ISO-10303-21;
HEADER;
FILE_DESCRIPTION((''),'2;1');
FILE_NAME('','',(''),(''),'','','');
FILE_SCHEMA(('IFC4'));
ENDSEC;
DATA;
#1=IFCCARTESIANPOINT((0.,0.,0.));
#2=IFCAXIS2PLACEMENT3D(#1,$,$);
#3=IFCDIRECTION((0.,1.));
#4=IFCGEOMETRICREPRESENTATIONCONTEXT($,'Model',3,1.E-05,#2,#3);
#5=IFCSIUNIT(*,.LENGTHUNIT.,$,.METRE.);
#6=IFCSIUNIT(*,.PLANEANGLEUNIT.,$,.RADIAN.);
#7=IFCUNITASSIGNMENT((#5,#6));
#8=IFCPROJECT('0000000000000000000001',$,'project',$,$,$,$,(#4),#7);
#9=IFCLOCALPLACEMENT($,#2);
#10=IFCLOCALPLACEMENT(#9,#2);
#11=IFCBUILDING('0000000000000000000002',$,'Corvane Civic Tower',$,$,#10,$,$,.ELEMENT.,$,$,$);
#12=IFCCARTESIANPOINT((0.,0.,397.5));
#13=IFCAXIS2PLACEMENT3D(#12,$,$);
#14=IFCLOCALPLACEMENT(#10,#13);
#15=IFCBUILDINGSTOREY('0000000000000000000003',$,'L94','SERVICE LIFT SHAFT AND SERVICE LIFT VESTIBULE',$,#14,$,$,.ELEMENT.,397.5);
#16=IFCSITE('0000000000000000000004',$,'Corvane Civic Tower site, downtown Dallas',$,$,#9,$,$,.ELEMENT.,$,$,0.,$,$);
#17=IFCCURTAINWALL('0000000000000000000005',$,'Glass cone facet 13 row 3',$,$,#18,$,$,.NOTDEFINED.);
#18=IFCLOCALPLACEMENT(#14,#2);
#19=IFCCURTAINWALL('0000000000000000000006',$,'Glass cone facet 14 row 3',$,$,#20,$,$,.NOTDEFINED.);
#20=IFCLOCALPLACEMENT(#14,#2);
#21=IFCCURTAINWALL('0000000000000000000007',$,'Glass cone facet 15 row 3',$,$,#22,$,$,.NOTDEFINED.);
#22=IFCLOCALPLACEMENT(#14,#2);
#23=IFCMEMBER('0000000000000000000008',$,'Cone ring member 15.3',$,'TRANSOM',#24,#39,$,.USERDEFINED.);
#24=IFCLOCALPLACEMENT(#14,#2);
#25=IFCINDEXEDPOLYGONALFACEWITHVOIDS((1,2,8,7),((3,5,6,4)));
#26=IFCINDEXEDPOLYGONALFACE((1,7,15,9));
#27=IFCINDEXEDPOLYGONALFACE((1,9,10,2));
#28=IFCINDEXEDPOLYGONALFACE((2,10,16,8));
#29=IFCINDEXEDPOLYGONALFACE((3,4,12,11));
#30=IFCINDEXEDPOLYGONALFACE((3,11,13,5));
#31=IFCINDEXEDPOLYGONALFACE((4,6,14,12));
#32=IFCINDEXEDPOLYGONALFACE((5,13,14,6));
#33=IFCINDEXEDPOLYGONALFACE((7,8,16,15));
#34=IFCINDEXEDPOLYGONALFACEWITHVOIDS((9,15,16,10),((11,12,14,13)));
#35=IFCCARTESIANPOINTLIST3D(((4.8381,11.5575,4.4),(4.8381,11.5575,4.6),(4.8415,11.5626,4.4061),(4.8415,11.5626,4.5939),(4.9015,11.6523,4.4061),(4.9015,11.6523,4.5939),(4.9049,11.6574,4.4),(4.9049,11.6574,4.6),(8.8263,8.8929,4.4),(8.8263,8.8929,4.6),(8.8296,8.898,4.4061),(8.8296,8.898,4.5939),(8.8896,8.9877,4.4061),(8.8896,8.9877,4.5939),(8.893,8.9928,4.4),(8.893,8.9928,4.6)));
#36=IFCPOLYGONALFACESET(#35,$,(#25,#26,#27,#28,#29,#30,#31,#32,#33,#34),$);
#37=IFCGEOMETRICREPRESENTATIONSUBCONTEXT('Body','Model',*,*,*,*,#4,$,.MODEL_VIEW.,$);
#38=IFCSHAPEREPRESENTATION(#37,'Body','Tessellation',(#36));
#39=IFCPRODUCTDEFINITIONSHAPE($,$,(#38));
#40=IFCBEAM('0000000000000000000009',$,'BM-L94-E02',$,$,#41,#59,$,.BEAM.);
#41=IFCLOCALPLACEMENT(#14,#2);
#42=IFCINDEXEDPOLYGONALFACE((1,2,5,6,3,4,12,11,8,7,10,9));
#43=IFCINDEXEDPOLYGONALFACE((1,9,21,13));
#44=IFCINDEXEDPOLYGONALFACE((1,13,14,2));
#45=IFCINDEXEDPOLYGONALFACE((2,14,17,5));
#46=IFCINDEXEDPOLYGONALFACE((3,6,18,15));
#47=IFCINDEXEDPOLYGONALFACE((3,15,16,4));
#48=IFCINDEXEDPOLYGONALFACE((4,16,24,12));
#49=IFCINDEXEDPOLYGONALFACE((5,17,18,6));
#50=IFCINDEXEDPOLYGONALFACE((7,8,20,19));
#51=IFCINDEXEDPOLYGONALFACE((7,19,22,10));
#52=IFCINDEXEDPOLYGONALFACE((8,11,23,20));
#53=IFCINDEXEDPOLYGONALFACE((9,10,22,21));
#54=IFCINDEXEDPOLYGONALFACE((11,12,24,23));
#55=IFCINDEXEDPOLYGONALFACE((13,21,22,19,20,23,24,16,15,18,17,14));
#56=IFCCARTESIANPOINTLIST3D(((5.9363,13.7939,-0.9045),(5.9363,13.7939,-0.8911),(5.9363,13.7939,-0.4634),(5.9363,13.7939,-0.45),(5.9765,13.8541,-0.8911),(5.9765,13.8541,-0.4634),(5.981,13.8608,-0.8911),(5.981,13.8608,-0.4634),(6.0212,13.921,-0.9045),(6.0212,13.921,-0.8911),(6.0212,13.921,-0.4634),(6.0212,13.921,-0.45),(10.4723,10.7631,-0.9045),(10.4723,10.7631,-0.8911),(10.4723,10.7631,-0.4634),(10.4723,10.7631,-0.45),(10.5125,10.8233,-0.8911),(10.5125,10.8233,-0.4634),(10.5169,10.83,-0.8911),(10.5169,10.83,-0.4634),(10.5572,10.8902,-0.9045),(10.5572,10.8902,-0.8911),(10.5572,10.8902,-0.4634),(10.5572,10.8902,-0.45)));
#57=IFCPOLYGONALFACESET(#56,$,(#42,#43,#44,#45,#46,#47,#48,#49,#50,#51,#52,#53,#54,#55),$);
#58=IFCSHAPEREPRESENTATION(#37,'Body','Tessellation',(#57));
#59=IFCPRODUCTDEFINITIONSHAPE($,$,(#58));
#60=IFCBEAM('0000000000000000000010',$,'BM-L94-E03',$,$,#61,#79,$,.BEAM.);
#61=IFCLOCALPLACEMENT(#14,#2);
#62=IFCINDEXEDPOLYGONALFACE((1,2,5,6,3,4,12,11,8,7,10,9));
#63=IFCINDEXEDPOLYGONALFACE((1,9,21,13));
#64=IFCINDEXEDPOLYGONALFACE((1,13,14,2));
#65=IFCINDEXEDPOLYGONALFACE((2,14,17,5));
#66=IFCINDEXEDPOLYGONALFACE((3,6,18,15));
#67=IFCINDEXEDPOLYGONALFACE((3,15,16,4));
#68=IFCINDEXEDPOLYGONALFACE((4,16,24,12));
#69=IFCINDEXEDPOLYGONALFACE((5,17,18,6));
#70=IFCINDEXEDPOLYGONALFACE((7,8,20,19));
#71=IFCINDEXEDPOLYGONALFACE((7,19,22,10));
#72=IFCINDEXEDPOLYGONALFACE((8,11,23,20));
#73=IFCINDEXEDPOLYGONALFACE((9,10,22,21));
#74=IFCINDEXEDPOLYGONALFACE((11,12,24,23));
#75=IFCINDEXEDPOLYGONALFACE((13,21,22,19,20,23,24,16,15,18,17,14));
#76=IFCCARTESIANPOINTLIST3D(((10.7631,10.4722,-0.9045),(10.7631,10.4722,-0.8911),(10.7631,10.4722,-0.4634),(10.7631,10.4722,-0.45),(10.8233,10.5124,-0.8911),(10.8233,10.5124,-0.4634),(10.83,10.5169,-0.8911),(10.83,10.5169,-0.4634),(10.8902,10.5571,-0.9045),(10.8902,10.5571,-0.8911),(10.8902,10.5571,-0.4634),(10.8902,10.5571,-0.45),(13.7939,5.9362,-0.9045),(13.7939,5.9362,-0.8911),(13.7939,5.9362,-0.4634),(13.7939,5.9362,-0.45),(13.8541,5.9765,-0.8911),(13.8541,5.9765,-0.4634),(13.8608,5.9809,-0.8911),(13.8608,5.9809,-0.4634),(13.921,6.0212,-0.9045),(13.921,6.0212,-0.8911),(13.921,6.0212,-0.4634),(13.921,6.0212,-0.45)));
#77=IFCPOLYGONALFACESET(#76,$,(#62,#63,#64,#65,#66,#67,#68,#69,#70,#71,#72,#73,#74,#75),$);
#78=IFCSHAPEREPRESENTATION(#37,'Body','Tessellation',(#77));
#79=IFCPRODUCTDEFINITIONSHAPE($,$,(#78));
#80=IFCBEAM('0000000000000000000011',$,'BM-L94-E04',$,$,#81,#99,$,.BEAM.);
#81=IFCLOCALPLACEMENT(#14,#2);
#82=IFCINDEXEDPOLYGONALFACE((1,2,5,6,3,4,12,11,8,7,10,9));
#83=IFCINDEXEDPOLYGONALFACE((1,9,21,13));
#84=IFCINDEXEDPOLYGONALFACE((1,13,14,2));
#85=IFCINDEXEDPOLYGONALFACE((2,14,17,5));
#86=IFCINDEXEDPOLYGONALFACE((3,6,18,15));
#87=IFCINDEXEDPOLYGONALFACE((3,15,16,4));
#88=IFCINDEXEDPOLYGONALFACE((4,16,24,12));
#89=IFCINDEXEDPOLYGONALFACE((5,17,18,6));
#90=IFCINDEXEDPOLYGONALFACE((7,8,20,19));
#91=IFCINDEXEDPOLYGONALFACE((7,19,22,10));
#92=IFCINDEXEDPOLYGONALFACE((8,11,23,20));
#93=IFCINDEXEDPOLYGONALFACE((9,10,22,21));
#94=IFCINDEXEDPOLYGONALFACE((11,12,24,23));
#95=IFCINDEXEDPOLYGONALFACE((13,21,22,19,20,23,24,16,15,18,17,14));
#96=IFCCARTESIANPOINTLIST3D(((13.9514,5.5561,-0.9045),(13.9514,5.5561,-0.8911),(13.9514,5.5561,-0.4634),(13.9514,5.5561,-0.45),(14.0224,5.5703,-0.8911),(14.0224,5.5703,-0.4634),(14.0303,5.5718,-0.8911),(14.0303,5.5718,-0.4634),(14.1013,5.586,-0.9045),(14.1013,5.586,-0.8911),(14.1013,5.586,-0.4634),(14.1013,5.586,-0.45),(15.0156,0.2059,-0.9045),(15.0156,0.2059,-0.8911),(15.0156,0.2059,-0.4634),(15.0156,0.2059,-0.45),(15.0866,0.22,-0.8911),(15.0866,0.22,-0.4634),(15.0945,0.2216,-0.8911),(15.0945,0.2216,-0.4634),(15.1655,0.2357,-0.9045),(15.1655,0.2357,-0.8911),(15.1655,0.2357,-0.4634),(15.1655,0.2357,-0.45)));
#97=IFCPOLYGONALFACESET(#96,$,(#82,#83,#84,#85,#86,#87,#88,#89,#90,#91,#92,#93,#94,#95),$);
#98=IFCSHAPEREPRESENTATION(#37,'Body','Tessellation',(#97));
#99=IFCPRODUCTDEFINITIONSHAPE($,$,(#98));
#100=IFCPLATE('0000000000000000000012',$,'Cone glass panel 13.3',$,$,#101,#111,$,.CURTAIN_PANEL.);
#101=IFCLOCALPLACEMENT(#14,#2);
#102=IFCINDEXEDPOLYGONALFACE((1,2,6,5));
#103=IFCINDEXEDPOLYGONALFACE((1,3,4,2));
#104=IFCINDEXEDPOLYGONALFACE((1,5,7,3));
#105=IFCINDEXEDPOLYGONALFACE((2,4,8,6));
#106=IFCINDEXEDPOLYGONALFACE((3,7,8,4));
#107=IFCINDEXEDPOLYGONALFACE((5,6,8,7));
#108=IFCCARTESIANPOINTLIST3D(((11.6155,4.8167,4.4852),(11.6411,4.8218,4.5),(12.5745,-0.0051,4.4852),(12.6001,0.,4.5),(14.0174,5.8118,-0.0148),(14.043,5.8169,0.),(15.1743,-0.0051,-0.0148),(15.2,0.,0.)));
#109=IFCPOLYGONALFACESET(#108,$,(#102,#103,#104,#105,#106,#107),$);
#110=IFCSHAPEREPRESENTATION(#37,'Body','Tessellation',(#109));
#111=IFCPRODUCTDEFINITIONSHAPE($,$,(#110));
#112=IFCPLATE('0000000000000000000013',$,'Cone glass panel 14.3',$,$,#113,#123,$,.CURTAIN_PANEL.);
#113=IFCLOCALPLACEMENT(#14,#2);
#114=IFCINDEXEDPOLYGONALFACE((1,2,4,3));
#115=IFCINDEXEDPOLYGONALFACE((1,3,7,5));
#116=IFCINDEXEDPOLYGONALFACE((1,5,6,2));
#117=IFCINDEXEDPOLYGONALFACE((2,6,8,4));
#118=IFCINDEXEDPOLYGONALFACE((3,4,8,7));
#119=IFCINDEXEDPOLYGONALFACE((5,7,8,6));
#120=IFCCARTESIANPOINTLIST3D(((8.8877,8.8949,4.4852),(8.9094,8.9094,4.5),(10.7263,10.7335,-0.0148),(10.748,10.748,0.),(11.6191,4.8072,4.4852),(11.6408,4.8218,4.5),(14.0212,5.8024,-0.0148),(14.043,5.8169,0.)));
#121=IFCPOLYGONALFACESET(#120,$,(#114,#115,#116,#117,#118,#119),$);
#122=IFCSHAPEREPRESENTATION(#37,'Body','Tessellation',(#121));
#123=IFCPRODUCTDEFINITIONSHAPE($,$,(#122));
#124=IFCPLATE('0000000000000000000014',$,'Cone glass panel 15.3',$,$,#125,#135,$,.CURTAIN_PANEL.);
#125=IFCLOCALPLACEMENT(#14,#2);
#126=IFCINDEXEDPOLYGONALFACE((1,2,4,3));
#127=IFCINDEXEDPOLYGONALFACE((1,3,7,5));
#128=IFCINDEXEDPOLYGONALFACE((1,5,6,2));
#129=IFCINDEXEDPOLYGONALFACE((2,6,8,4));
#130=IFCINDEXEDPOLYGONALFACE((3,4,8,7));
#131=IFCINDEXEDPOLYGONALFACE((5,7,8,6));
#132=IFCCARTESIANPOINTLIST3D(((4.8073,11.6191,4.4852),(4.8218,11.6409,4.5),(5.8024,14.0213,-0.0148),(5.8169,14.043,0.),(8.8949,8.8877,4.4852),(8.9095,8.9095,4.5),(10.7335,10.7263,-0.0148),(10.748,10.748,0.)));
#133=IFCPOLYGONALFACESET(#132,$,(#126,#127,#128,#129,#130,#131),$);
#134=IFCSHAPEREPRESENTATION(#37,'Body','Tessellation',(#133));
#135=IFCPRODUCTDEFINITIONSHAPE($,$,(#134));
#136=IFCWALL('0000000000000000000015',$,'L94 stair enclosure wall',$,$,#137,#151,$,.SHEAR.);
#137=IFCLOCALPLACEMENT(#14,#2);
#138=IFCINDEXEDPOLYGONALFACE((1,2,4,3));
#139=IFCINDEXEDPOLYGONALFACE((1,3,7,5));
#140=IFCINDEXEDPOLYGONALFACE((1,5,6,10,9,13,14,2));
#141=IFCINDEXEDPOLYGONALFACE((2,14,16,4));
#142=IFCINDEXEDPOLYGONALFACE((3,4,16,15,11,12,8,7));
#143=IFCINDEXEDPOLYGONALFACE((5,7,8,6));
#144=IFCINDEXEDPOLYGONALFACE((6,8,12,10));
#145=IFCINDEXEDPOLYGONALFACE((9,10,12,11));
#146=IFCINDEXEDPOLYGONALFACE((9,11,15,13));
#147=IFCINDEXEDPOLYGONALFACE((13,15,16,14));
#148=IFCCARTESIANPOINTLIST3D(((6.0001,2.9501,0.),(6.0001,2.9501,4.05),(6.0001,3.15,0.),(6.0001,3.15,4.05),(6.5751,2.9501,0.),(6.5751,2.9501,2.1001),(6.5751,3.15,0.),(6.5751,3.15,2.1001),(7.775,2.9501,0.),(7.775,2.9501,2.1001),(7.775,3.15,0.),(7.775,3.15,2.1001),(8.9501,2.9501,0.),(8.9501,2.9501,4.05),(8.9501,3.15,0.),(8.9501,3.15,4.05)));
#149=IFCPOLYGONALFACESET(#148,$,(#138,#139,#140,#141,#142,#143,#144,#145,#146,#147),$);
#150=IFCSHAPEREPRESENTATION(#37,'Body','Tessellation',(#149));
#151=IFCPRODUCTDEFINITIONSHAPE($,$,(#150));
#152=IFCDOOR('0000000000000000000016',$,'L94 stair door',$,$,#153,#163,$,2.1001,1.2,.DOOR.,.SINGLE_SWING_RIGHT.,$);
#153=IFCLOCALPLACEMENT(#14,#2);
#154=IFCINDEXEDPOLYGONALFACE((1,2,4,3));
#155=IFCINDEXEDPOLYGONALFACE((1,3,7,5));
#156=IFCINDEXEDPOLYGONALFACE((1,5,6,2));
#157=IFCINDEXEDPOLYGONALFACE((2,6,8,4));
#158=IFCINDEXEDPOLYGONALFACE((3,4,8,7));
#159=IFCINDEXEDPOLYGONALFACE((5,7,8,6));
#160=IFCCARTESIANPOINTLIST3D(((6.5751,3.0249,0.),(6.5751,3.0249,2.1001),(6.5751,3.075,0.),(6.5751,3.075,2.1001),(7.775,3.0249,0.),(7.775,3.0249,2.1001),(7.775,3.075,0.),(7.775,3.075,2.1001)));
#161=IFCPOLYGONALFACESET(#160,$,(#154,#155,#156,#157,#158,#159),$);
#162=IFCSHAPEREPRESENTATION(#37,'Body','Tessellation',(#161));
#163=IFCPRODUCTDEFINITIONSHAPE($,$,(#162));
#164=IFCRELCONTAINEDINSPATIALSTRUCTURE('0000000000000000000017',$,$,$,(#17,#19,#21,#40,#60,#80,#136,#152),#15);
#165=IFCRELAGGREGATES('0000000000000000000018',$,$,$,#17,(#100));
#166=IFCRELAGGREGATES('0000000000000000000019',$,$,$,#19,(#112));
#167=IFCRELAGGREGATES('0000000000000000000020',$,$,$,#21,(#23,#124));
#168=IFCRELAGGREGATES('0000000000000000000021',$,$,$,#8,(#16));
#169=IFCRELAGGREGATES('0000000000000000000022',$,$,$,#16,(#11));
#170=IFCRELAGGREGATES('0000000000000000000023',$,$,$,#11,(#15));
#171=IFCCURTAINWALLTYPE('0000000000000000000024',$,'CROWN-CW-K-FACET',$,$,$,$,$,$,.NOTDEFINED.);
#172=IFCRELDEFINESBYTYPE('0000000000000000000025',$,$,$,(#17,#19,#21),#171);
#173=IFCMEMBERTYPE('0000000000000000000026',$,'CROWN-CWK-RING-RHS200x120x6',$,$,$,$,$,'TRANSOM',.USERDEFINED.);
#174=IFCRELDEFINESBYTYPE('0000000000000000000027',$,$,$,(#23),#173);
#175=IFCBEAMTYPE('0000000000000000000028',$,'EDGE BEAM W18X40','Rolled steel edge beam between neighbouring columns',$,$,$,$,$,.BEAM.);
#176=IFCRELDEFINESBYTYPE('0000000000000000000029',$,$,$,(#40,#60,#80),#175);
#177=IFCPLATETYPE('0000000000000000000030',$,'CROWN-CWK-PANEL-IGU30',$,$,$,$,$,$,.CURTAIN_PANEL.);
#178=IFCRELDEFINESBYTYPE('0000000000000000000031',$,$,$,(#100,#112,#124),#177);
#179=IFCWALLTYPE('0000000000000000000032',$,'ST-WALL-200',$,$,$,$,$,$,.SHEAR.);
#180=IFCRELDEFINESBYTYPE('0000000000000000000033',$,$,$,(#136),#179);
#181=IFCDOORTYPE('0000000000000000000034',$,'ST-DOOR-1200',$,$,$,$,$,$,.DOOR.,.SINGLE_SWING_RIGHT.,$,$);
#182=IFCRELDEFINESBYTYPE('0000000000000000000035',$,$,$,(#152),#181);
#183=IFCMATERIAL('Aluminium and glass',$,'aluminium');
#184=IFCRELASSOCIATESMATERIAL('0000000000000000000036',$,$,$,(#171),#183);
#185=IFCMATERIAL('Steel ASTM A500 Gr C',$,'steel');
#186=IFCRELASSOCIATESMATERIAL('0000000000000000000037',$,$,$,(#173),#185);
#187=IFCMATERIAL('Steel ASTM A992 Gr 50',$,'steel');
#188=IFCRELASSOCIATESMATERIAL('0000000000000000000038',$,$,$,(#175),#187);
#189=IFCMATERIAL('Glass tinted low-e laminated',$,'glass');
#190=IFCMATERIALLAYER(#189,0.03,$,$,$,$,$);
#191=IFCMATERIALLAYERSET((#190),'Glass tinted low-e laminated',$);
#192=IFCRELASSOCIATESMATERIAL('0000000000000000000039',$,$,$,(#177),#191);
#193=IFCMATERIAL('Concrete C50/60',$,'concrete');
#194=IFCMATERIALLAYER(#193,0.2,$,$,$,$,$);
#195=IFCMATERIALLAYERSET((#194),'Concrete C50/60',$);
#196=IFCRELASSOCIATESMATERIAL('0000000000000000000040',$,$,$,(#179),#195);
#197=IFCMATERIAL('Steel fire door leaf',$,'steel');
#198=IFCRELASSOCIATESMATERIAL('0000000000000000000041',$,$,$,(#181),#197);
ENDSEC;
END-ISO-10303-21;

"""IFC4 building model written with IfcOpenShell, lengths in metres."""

from ifc_helpers import new_model, si_unit, direction, frame, frame_2d, origin, origin_2d, place, context, subcontext, project, spatial, polyline, rectangle, hollow_rectangle, i_section, outline, extrude, material, layer, layer_set, material_profile, profile_set, type_object, element, fill, aggregate, save


model = new_model("IFC4")

# Units and contexts
model_context = context("Model", 3, precision=1e-05, world=origin(), true_north=direction((0.0, 1.0)))
body_context = subcontext(model_context, "Body", "Model", "MODEL_VIEW")
ifc_project = project(units=[si_unit("LENGTHUNIT", "METRE"), si_unit("PLANEANGLEUNIT", "RADIAN")], contexts=[model_context])

# Site, building, storey
site_placement = place(None, origin())
site = spatial("IfcSite", under=ifc_project, at=site_placement, Name="Corvane Civic Tower site, downtown Dallas", CompositionType="ELEMENT", RefElevation=0.0)
building_placement = place(site_placement, origin())
building = spatial("IfcBuilding", under=site, at=building_placement, Name="Corvane Civic Tower", CompositionType="ELEMENT")
storey_placement = place(building_placement, frame((0.0, 0.0, 397.5)))
storey = spatial("IfcBuildingStorey", under=building, at=storey_placement, Name="L94", Description="SERVICE LIFT SHAFT AND SERVICE LIFT VESTIBULE", CompositionType="ELEMENT", Elevation=397.5)

# Curtain walls
ifc_material_1 = material(Name="Aluminium and glass", Category="aluminium")
curtain_wall_type = type_object("IfcCurtainWallType", Name="CROWN-CW-K-FACET", PredefinedType="NOTDEFINED", material=ifc_material_1)
curtain_wall_1_placement = place(storey_placement, origin())
curtain_wall_1 = element("IfcCurtainWall", 1, at=curtain_wall_1_placement, inside=storey, type_object=curtain_wall_type, Name="Glass cone facet 13 row 3", PredefinedType="NOTDEFINED")
curtain_wall_2_placement = place(storey_placement, origin())
curtain_wall_2 = element("IfcCurtainWall", 2, at=curtain_wall_2_placement, inside=storey, type_object=curtain_wall_type, Name="Glass cone facet 14 row 3", PredefinedType="NOTDEFINED")
curtain_wall_3_placement = place(storey_placement, origin())
curtain_wall_3 = element("IfcCurtainWall", 3, at=curtain_wall_3_placement, inside=storey, type_object=curtain_wall_type, Name="Glass cone facet 15 row 3", PredefinedType="NOTDEFINED")

# Member
ifc_material_2 = material(Name="Steel ASTM A500 Gr C", Category="steel")
ifc_material_profile_1 = material_profile(ifc_material_2, hollow_rectangle(XDim=0.1201, YDim=0.2, WallThickness=0.0061, at=origin_2d()), Name="RHS 200x120x6")
ifc_profile_set_1 = profile_set([ifc_material_profile_1], Name="Steel ASTM A500 Gr C")
member_type_1 = type_object("IfcMemberType", Name="CROWN-CWK-RING-RHS200x120x6", ElementType="TRANSOM", PredefinedType="USERDEFINED", material=ifc_profile_set_1)
member_1_placement = place(storey_placement, frame((8.8596, 8.9429, 4.5), z_axis=(-0.831486, 0.555546, 0.0), x_axis=(-0.555546, -0.831486, 0.0)))
member_1 = element("IfcMember", 4, at=member_1_placement, type_object=member_type_1, Name="Cone ring member 15.3", ObjectType="TRANSOM", PredefinedType="USERDEFINED", context=body_context, shape_type="SweptSolid", body=[
    extrude(hollow_rectangle(XDim=0.1201, YDim=0.2, WallThickness=0.0061, at=origin_2d()), origin(), (0.0, 0.0, 1.0), 4.7964),
])

# Beams
ifc_material_3 = material(Name="Steel ASTM A992 Gr 50", Category="steel")
ifc_material_profile_2 = material_profile(ifc_material_3, i_section(OverallWidth=0.1528, OverallDepth=0.4546, WebThickness=0.0081, FlangeThickness=0.0134, at=origin_2d()), Name="W18X40")
ifc_profile_set_2 = profile_set([ifc_material_profile_2], Name="Steel ASTM A992 Gr 50")
beam_type = type_object("IfcBeamType", Name="EDGE BEAM W18X40", Description="Rolled steel edge beam between neighbouring columns", PredefinedType="BEAM", material=ifc_profile_set_2)
for number, where, z_axis, x_axis, name in (
    (5, (5.9788, 13.8574, -0.6772), (0.831471, -0.555567, 0.0), (0.555567, 0.831471, 0.0), "BM-L94-E02"),
    (6, (10.8267, 10.5146, -0.6772), (0.555567, -0.831471, 0.0), (0.831471, 0.555567, 0.0), "BM-L94-E03"),
):
    element("IfcBeam", number, at=place(storey_placement, frame(where, z_axis=z_axis, x_axis=x_axis)), inside=storey, type_object=beam_type, Name=name, PredefinedType="BEAM", context=body_context, shape_type="SweptSolid", body=[
        extrude(i_section(OverallWidth=0.1528, OverallDepth=0.4546, WebThickness=0.0081, FlangeThickness=0.0134, at=origin_2d()), origin(), (0.0, 0.0, 1.0), 5.4553),
    ])
beam_placement = place(storey_placement, frame((14.0264, 5.571, -0.6772), z_axis=(0.195083, -0.980787, 0.0), x_axis=(0.980787, 0.195083, 0.0)))
element("IfcBeam", 7, at=beam_placement, inside=storey, type_object=beam_type, Name="BM-L94-E04", PredefinedType="BEAM", context=body_context, shape_type="SweptSolid", body=[
    extrude(i_section(OverallWidth=0.1528, OverallDepth=0.4546, WebThickness=0.0081, FlangeThickness=0.0134, at=origin_2d()), origin(), (0.0, 0.0, 1.0), 5.4551),
])

# Plates
ifc_material_4 = material(Name="Glass tinted low-e laminated", Category="glass")
ifc_layer_1 = layer(ifc_material_4, 0.03)
ifc_layer_set_1 = layer_set([ifc_layer_1], Name="Glass tinted low-e laminated")
plate_type = type_object("IfcPlateType", Name="CROWN-CWK-PANEL-IGU30", PredefinedType="CURTAIN_PANEL", material=ifc_layer_set_1)
plate_1_placement = place(storey_placement, frame((15.2, 0.0, 0.0), z_axis=(0.853319, 0.16972, 0.492994), x_axis=(-0.195074, 0.980788, 0.000003)))
plate_1 = element("IfcPlate", 8, at=plate_1_placement, type_object=plate_type, Name="Cone glass panel 13.3", PredefinedType="CURTAIN_PANEL", context=body_context, shape_type="SweptSolid", body=[
    extrude(outline(polyline([(0.0, 0.0), (5.9308, 0.0), (5.4234, 5.1722), (0.5072, 5.1722), (0.0, 0.0)])), origin(), (0.0, 0.0, -1.0), 0.03),
])
aggregate(curtain_wall_1, [plate_1])
plate_2_placement = place(storey_placement, frame((14.043, 5.8169, 0.0), z_axis=(0.723377, 0.483361, 0.49304), x_axis=(-0.555581, 0.831463, -0.000005)))
plate_2 = element("IfcPlate", 9, at=plate_2_placement, type_object=plate_type, Name="Cone glass panel 14.3", PredefinedType="CURTAIN_PANEL", context=body_context, shape_type="SweptSolid", body=[
    extrude(outline(polyline([(0.0, 0.0), (5.9307, 0.0), (5.4234, 5.1724), (0.5071, 5.1723), (0.0, 0.0)])), origin(), (0.0, 0.0, -1.0), 0.03),
])
aggregate(curtain_wall_2, [plate_2])
plate_3_placement = place(storey_placement, frame((10.748, 10.748, 0.0), z_axis=(0.483361, 0.723377, 0.49304), x_axis=(-0.831463, 0.555581, 0.000005)))
plate_3 = element("IfcPlate", 10, at=plate_3_placement, type_object=plate_type, Name="Cone glass panel 15.3", PredefinedType="CURTAIN_PANEL", context=body_context, shape_type="SweptSolid", body=[
    extrude(outline(polyline([(0.0, 0.0), (5.9307, 0.0), (5.4235, 5.1723), (0.5073, 5.1724), (0.0, 0.0)])), origin(), (0.0, 0.0, -1.0), 0.03),
])
aggregate(curtain_wall_3, [member_1, plate_3])

# Wall, opening, door
ifc_material_5 = material(Name="Concrete C50/60", Category="concrete")
ifc_layer_2 = layer(ifc_material_5, 0.2)
ifc_layer_set_2 = layer_set([ifc_layer_2], Name="Concrete C50/60")
wall_type = type_object("IfcWallType", Name="ST-WALL-200", PredefinedType="SHEAR", material=ifc_layer_set_2)
wall_placement = place(storey_placement, frame((6.0, 3.05, 0.0), z_axis=(0.0, 0.0, 1.0), x_axis=(1.0, 0.0, 0.0)))
wall = element("IfcWall", 11, at=wall_placement, inside=storey, type_object=wall_type, Name="L94 stair enclosure wall", PredefinedType="SHEAR", context=body_context, shape_type="SweptSolid", body=[
    extrude(rectangle(XDim=2.95, YDim=0.2, at=frame_2d((1.4751, 0.0))), origin(), (0.0, 0.0, 1.0), 4.05),
])
opening_placement = place(wall_placement, frame((0.575, 0.0, 0.0)))
opening = element("IfcOpeningElement", 12, at=opening_placement, cuts=wall, PredefinedType="OPENING", context=body_context, shape_type="SweptSolid", body=[
    extrude(rectangle(XDim=1.2, YDim=2.1001, at=frame_2d((0.6001, 1.05))), frame((0.0, 0.1099, 0.0), z_axis=(0.0, -1.0, 0.0), x_axis=(1.0, 0.0, 0.0)), (0.0, 0.0, 1.0), 0.22),
])
ifc_material_6 = material(Name="Steel fire door leaf", Category="steel")
door_type = type_object("IfcDoorType", Name="ST-DOOR-1200", OperationType="SINGLE_SWING_RIGHT", PredefinedType="DOOR", material=ifc_material_6)
door_placement = place(opening_placement, origin())
door = element("IfcDoor", 13, at=door_placement, inside=storey, type_object=door_type, Name="L94 stair door", OperationType="SINGLE_SWING_RIGHT", OverallHeight=2.1001, OverallWidth=1.2, PredefinedType="DOOR", context=body_context, shape_type="SweptSolid", body=[
    extrude(rectangle(XDim=1.2, YDim=2.1001, at=frame_2d((0.6001, 1.05))), frame((0.0, 0.0249, 0.0), z_axis=(0.0, -1.0, 0.0), x_axis=(1.0, 0.0, 0.0)), (0.0, 0.0, 1.0), 0.05),
])
fill(opening, door)

save(model, "model.ifc")
